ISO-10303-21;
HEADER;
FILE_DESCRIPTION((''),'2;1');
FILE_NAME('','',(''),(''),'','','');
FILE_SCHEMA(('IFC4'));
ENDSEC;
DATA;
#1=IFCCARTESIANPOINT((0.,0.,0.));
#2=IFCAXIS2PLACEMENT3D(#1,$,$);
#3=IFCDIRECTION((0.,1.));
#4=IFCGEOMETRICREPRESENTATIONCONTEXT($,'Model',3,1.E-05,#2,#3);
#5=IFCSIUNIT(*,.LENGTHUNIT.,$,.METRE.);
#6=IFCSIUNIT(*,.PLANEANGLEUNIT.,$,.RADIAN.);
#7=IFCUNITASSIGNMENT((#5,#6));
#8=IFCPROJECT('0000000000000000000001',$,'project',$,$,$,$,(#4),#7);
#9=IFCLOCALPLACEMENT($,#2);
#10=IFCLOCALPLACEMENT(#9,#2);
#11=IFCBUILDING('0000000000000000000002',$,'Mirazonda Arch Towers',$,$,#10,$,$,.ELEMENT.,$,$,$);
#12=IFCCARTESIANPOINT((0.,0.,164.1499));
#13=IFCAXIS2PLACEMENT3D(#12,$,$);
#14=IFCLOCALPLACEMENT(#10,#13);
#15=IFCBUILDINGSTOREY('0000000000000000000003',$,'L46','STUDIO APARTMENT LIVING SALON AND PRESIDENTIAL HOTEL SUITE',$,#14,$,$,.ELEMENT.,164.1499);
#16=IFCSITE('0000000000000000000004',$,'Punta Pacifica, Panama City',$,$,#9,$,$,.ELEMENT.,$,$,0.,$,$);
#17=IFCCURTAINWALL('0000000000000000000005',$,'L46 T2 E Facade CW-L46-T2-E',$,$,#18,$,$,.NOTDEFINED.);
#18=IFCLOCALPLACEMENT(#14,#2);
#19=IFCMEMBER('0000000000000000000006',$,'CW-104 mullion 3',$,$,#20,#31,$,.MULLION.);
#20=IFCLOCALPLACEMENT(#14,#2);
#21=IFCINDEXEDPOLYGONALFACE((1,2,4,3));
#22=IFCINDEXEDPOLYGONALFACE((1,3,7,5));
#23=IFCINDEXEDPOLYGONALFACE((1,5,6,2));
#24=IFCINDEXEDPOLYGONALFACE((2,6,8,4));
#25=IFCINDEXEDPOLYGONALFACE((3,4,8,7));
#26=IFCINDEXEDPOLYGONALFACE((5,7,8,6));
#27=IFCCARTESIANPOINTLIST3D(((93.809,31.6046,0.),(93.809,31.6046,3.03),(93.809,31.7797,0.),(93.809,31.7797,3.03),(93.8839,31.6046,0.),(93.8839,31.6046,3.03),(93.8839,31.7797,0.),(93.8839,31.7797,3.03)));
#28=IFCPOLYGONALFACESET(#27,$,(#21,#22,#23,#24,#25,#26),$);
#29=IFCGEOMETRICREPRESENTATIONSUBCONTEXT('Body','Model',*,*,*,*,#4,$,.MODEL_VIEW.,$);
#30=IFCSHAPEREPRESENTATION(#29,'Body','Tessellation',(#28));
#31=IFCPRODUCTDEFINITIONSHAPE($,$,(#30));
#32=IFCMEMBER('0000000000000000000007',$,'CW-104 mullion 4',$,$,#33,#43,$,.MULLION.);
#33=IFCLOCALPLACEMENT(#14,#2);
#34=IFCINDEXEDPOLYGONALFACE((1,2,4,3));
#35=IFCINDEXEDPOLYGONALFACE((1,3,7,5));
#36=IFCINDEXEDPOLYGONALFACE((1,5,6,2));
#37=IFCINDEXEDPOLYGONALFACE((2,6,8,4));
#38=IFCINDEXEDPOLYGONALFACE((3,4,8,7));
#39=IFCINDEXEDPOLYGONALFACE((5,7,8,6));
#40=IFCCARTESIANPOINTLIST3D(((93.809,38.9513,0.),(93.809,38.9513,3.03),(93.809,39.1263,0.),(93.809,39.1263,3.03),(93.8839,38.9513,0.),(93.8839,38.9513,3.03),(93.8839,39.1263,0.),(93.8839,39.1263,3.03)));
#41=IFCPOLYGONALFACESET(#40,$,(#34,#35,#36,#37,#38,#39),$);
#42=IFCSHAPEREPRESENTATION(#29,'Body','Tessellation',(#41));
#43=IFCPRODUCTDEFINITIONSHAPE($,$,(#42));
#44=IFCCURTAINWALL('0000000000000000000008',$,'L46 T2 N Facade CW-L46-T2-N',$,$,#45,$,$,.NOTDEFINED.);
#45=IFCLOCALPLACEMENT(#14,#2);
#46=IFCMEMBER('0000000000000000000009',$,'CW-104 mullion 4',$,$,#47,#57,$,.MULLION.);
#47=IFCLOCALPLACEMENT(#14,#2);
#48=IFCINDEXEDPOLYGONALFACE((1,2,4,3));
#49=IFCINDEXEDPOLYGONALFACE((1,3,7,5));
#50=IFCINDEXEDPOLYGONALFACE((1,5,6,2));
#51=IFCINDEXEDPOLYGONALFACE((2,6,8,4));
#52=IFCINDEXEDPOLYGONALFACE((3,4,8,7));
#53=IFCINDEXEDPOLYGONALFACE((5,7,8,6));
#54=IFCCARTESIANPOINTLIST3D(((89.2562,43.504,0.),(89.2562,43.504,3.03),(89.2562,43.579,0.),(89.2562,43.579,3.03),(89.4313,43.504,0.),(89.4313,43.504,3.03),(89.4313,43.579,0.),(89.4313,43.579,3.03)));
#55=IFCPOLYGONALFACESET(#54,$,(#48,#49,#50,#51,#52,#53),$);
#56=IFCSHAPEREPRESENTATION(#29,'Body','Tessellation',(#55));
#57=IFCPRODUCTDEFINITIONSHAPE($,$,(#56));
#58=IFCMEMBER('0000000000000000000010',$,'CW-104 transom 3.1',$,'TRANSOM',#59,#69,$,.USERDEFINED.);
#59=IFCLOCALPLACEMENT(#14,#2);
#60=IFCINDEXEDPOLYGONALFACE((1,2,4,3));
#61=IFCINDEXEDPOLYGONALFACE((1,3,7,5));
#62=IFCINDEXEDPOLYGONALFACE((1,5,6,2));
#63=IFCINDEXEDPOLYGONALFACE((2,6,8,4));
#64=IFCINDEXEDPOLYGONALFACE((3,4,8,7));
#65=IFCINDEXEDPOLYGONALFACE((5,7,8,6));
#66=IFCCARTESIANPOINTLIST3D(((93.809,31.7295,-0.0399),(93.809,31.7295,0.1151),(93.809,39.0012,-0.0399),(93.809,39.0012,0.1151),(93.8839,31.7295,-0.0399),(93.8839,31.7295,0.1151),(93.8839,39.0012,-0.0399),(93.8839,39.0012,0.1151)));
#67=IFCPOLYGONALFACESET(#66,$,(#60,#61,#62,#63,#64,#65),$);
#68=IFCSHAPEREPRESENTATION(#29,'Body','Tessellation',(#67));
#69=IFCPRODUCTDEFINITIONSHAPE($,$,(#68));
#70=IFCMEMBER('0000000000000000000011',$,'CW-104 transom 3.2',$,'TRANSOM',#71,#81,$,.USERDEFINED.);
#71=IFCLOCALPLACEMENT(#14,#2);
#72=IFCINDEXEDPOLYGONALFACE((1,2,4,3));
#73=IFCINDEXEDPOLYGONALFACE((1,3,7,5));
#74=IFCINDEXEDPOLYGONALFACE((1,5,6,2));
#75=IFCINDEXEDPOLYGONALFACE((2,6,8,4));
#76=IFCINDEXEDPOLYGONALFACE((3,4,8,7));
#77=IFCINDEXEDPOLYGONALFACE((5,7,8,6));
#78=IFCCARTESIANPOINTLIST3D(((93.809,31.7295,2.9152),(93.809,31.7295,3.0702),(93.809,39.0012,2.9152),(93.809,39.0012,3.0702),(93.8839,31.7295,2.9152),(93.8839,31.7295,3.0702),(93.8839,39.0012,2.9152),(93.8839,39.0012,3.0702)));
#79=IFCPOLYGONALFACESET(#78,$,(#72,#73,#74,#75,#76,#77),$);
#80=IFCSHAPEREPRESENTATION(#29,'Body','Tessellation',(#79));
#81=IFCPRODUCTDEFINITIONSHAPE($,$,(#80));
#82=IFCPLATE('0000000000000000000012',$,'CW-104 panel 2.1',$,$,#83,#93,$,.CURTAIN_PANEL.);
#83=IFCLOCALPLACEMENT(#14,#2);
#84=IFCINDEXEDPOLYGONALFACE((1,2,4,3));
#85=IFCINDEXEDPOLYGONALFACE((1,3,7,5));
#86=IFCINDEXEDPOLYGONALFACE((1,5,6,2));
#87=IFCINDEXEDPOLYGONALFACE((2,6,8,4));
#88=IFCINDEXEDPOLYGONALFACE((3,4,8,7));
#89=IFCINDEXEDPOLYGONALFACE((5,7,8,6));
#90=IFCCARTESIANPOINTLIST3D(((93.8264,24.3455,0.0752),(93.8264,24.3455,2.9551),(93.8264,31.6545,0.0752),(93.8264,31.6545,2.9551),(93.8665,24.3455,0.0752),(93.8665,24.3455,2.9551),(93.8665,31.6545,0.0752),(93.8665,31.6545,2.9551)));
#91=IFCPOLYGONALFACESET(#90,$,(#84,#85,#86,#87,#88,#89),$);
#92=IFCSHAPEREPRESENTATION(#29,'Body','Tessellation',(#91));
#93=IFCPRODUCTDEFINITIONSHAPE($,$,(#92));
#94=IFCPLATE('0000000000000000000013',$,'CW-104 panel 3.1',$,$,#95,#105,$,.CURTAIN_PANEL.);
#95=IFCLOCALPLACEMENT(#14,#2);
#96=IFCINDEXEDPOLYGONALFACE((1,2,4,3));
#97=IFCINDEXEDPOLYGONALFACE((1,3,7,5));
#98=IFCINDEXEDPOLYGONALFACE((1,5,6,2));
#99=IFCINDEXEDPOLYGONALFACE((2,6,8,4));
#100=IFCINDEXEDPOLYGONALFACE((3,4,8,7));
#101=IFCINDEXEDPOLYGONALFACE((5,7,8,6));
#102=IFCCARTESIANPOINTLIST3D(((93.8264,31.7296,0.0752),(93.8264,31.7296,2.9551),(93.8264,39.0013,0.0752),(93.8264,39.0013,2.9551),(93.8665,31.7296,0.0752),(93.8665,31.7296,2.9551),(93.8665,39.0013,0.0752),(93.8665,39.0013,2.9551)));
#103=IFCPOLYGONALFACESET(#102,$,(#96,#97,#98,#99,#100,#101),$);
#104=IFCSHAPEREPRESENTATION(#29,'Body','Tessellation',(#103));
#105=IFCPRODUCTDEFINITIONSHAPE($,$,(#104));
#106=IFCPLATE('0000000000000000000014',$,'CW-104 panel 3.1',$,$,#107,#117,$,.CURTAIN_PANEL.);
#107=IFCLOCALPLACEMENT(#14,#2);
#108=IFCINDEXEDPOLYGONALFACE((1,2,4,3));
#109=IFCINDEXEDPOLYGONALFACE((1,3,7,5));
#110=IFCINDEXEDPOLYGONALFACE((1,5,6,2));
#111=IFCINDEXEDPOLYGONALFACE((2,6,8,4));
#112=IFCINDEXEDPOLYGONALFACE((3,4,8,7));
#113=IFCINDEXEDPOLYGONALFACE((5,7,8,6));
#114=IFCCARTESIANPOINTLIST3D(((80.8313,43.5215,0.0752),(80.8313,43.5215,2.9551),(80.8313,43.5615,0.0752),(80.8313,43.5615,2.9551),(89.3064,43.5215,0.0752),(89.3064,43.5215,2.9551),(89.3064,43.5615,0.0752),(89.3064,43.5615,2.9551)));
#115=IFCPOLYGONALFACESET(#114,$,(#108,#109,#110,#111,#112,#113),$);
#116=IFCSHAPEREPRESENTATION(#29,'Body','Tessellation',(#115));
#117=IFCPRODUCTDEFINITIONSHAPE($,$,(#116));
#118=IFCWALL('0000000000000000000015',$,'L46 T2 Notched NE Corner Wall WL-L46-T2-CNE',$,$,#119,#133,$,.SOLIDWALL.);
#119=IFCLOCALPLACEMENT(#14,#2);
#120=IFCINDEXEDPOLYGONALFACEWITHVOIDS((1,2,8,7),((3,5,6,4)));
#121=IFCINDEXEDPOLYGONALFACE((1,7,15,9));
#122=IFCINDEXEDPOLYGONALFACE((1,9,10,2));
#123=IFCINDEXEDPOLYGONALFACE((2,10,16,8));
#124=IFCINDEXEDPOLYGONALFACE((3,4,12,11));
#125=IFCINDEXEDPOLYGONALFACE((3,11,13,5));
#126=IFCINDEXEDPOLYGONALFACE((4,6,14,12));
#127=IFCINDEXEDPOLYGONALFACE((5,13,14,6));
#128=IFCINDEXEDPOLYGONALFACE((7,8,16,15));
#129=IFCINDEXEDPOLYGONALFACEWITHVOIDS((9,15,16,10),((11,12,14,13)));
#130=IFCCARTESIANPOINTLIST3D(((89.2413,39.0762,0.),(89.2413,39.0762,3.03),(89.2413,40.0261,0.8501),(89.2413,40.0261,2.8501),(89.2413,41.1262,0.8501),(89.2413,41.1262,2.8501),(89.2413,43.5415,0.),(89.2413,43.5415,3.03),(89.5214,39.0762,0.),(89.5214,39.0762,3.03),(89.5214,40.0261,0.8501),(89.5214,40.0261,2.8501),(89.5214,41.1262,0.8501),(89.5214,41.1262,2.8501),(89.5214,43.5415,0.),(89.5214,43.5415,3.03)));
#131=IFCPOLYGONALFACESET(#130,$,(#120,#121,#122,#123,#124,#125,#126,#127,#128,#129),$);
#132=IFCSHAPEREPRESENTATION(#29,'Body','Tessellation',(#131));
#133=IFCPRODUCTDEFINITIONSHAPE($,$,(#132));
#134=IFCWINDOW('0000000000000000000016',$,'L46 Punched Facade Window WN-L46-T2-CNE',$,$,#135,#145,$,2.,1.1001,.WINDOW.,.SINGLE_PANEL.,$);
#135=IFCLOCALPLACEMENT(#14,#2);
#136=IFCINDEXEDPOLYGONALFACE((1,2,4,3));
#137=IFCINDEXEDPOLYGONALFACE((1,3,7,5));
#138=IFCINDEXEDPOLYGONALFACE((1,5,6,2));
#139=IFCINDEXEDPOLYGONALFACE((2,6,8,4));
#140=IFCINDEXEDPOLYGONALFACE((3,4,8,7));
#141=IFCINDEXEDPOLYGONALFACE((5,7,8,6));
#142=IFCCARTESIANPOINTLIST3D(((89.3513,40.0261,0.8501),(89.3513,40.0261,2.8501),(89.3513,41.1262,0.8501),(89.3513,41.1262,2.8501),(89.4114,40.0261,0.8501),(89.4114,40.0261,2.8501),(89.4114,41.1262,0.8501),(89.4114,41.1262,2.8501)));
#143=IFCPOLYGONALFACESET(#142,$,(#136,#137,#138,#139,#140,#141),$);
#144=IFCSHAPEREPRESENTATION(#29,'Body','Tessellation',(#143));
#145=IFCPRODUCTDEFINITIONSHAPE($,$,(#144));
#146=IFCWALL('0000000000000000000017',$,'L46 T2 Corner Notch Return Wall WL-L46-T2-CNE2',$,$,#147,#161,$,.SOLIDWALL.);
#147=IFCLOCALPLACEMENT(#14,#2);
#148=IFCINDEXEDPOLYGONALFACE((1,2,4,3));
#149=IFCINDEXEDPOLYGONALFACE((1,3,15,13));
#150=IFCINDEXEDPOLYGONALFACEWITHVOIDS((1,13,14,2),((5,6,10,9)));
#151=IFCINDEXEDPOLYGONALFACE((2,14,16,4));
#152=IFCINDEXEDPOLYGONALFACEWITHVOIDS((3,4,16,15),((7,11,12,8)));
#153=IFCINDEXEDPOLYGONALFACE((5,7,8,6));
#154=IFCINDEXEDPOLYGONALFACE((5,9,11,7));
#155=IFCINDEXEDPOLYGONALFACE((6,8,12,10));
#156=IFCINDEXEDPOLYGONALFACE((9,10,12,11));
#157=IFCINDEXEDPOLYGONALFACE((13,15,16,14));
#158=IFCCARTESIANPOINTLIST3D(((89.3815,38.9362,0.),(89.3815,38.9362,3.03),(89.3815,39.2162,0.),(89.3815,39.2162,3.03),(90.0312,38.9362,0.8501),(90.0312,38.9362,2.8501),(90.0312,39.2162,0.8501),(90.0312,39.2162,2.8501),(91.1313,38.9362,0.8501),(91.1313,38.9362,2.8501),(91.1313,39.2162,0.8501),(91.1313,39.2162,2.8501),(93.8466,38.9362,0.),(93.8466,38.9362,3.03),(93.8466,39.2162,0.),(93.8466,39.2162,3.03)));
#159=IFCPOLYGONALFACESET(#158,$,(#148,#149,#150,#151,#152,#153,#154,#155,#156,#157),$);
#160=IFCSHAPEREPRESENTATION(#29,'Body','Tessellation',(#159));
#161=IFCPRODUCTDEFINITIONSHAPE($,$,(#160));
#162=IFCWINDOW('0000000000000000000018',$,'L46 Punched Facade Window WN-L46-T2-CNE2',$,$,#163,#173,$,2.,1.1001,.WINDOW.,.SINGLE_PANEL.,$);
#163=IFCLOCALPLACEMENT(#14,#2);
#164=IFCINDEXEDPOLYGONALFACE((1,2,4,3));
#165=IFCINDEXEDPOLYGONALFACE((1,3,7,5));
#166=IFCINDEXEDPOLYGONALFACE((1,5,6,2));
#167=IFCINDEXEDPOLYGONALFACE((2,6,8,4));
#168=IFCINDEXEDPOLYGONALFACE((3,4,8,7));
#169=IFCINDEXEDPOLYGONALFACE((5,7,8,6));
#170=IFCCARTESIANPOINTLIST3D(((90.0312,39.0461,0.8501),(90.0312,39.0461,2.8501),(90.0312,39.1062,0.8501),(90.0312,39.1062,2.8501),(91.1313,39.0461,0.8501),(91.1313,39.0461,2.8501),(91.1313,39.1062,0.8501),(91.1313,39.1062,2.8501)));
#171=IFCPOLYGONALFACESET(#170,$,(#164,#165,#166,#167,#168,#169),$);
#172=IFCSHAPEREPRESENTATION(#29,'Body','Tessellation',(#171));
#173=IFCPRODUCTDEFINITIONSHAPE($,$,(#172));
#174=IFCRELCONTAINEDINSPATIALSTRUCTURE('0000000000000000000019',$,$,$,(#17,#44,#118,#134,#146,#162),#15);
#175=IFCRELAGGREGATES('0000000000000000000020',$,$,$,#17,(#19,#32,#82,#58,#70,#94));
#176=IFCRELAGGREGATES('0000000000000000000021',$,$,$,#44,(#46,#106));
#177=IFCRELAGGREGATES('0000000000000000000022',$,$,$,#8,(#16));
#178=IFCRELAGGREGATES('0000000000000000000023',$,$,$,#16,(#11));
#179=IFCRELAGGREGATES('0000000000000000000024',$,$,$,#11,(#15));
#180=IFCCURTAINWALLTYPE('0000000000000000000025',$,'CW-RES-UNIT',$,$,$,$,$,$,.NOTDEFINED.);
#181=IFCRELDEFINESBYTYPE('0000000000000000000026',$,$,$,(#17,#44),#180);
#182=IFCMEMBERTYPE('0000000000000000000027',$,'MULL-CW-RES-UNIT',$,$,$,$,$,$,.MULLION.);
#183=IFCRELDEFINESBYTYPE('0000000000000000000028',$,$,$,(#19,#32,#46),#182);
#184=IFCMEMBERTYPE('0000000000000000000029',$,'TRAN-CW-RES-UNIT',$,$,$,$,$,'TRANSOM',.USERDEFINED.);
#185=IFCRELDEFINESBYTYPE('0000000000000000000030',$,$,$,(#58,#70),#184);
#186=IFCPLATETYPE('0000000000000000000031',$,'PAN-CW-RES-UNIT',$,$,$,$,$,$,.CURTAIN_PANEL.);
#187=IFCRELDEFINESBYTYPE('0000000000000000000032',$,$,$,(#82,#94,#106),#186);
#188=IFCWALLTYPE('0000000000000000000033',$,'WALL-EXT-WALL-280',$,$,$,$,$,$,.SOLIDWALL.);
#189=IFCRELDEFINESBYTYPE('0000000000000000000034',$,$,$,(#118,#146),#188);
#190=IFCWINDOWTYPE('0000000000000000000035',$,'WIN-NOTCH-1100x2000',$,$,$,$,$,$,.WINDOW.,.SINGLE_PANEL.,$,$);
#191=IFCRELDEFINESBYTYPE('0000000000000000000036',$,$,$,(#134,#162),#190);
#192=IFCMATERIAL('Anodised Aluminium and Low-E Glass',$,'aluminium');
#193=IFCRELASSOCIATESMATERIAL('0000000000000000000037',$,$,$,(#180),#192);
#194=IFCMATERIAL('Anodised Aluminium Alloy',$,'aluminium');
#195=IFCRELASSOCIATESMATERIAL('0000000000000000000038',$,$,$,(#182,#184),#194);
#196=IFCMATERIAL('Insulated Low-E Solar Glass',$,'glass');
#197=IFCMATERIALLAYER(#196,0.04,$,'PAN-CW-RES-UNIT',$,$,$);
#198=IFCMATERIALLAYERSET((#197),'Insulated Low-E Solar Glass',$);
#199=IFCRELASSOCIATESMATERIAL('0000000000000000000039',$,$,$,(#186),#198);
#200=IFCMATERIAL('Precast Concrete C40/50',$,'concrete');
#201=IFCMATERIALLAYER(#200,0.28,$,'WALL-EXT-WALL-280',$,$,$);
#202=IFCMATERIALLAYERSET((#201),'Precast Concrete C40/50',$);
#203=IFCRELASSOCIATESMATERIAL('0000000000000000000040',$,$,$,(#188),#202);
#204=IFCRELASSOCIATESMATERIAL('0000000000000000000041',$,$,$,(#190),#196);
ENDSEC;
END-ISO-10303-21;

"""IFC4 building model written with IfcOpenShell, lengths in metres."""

from ifc_helpers import new_model, si_unit, direction, frame, frame_2d, origin, origin_2d, place, context, subcontext, project, spatial, rectangle, extrude, material, layer, layer_set, material_profile, profile_set, type_object, element, fill, aggregate, save


model = new_model("IFC4")

# Units and contexts
model_context = context("Model", 3, precision=1e-05, world=origin(), true_north=direction((0.0, 1.0)))
body_context = subcontext(model_context, "Body", "Model", "MODEL_VIEW")
ifc_project = project(units=[si_unit("LENGTHUNIT", "METRE"), si_unit("PLANEANGLEUNIT", "RADIAN")], contexts=[model_context])

# Site, building, storey
site_placement = place(None, origin())
site = spatial("IfcSite", under=ifc_project, at=site_placement, Name="Punta Pacifica, Panama City", CompositionType="ELEMENT", RefElevation=0.0)
building_placement = place(site_placement, origin())
building = spatial("IfcBuilding", under=site, at=building_placement, Name="Mirazonda Arch Towers", CompositionType="ELEMENT")
storey_placement = place(building_placement, frame((0.0, 0.0, 164.1499)))
storey = spatial("IfcBuildingStorey", under=building, at=storey_placement, Name="L46", Description="STUDIO APARTMENT LIVING SALON AND PRESIDENTIAL HOTEL SUITE", CompositionType="ELEMENT", Elevation=164.1499)

# Curtain wall, members
ifc_material_1 = material(Name="Anodised Aluminium and Low-E Glass", Category="aluminium")
curtain_wall_type = type_object("IfcCurtainWallType", Name="CW-RES-UNIT", PredefinedType="NOTDEFINED", material=ifc_material_1)
curtain_wall_1_placement = place(storey_placement, origin())
curtain_wall_1 = element("IfcCurtainWall", 1, at=curtain_wall_1_placement, inside=storey, type_object=curtain_wall_type, Name="L46 T2 E Facade CW-L46-T2-E", PredefinedType="NOTDEFINED")
ifc_material_2 = material(Name="Anodised Aluminium Alloy", Category="aluminium")
ifc_material_profile_1 = material_profile(ifc_material_2, rectangle(XDim=0.075, YDim=0.175, at=origin_2d()), Name="ALU-MULL-75x175")
ifc_profile_set_1 = profile_set([ifc_material_profile_1], Name="Anodised Aluminium Alloy")
member_type_1 = type_object("IfcMemberType", Name="MULL-CW-RES-UNIT", PredefinedType="MULLION", material=ifc_profile_set_1)
member_1_placement = place(storey_placement, frame((93.8464, 31.6921, 0.0), z_axis=(0.0, 0.0, 1.0), x_axis=(-1.0, 0.0, 0.0)))
member_1 = element("IfcMember", 2, at=member_1_placement, type_object=member_type_1, Name="CW-104 mullion 3", PredefinedType="MULLION", context=body_context, shape_type="SweptSolid", body=[
    extrude(rectangle(XDim=0.075, YDim=0.175, at=origin_2d()), origin(), (0.0, 0.0, 1.0), 3.03),
])
member_2_placement = place(storey_placement, frame((93.8464, 39.0388, 0.0), z_axis=(0.0, 0.0, 1.0), x_axis=(-1.0, 0.0, 0.0)))
member_2 = element("IfcMember", 3, at=member_2_placement, type_object=member_type_1, Name="CW-104 mullion 4", PredefinedType="MULLION", context=body_context, shape_type="SweptSolid", body=[
    extrude(rectangle(XDim=0.075, YDim=0.175, at=origin_2d()), origin(), (0.0, 0.0, 1.0), 3.03),
])

# Curtain wall, member
curtain_wall_2_placement = place(storey_placement, origin())
curtain_wall_2 = element("IfcCurtainWall", 4, at=curtain_wall_2_placement, inside=storey, type_object=curtain_wall_type, Name="L46 T2 N Facade CW-L46-T2-N", PredefinedType="NOTDEFINED")
member_3_placement = place(storey_placement, frame((89.3438, 43.5415, 0.0), z_axis=(0.0, 0.0, 1.0), x_axis=(0.0, 1.0, 0.0)))
member_3 = element("IfcMember", 5, at=member_3_placement, type_object=member_type_1, Name="CW-104 mullion 4", PredefinedType="MULLION", context=body_context, shape_type="SweptSolid", body=[
    extrude(rectangle(XDim=0.075, YDim=0.175, at=origin_2d()), origin(), (0.0, 0.0, 1.0), 3.03),
])

# Members
ifc_material_profile_2 = material_profile(ifc_material_2, rectangle(XDim=0.075, YDim=0.155, at=origin_2d()), Name="ALU-TRAN-75x155")
ifc_profile_set_2 = profile_set([ifc_material_profile_2], Name="Anodised Aluminium Alloy")
member_type_2 = type_object("IfcMemberType", Name="TRAN-CW-RES-UNIT", ElementType="TRANSOM", PredefinedType="USERDEFINED", material=ifc_profile_set_2)
member_4_placement = place(storey_placement, frame((93.8464, 31.7295, 0.0376), z_axis=(0.0, 1.0, 0.0), x_axis=(-1.0, 0.0, 0.0)))
member_4 = element("IfcMember", 6, at=member_4_placement, type_object=member_type_2, Name="CW-104 transom 3.1", ObjectType="TRANSOM", PredefinedType="USERDEFINED", context=body_context, shape_type="SweptSolid", body=[
    extrude(rectangle(XDim=0.075, YDim=0.155, at=origin_2d()), origin(), (0.0, 0.0, 1.0), 7.2717),
])
member_5_placement = place(storey_placement, frame((93.8464, 31.7295, 2.9927), z_axis=(0.0, 1.0, 0.0), x_axis=(-1.0, 0.0, 0.0)))
member_5 = element("IfcMember", 7, at=member_5_placement, type_object=member_type_2, Name="CW-104 transom 3.2", ObjectType="TRANSOM", PredefinedType="USERDEFINED", context=body_context, shape_type="SweptSolid", body=[
    extrude(rectangle(XDim=0.075, YDim=0.155, at=origin_2d()), origin(), (0.0, 0.0, 1.0), 7.2717),
])

# Plates
ifc_material_3 = material(Name="Insulated Low-E Solar Glass", Category="glass")
ifc_layer_1 = layer(ifc_material_3, 0.04, Name="PAN-CW-RES-UNIT")
ifc_layer_set_1 = layer_set([ifc_layer_1], Name="Insulated Low-E Solar Glass")
plate_type = type_object("IfcPlateType", Name="PAN-CW-RES-UNIT", PredefinedType="CURTAIN_PANEL", material=ifc_layer_set_1)
plate_1_placement = place(storey_placement, frame((93.8464, 28.0, 0.0752), z_axis=(0.0, 0.0, 1.0), x_axis=(0.0, 1.0, 0.0)))
plate_1 = element("IfcPlate", 8, at=plate_1_placement, type_object=plate_type, Name="CW-104 panel 2.1", PredefinedType="CURTAIN_PANEL", context=body_context, shape_type="SweptSolid", body=[
    extrude(rectangle(XDim=7.3091, YDim=0.04, at=origin_2d()), origin(), (0.0, 0.0, 1.0), 2.8799),
])
plate_2_placement = place(storey_placement, frame((93.8464, 35.3655, 0.0752), z_axis=(0.0, 0.0, 1.0), x_axis=(0.0, 1.0, 0.0)))
plate_2 = element("IfcPlate", 9, at=plate_2_placement, type_object=plate_type, Name="CW-104 panel 3.1", PredefinedType="CURTAIN_PANEL", context=body_context, shape_type="SweptSolid", body=[
    extrude(rectangle(XDim=7.2717, YDim=0.04, at=origin_2d()), origin(), (0.0, 0.0, 1.0), 2.8799),
])
aggregate(curtain_wall_1, [member_1, member_2, plate_1, member_4, member_5, plate_2])
plate_3_placement = place(storey_placement, frame((85.0688, 43.5415, 0.0752), z_axis=(0.0, 0.0, 1.0), x_axis=(1.0, 0.0, 0.0)))
plate_3 = element("IfcPlate", 10, at=plate_3_placement, type_object=plate_type, Name="CW-104 panel 3.1", PredefinedType="CURTAIN_PANEL", context=body_context, shape_type="SweptSolid", body=[
    extrude(rectangle(XDim=8.4751, YDim=0.04, at=origin_2d()), origin(), (0.0, 0.0, 1.0), 2.8799),
])
aggregate(curtain_wall_2, [member_3, plate_3])

# Walls, openings, windows
ifc_material_4 = material(Name="Precast Concrete C40/50", Category="concrete")
ifc_layer_2 = layer(ifc_material_4, 0.28, Name="WALL-EXT-WALL-280")
ifc_layer_set_2 = layer_set([ifc_layer_2], Name="Precast Concrete C40/50")
wall_type_1 = type_object("IfcWallType", Name="WALL-EXT-WALL-280", PredefinedType="SOLIDWALL", material=ifc_layer_set_2)
wall_1_placement = place(storey_placement, frame((89.3813, 39.0762, 0.0), z_axis=(0.0, 0.0, 1.0), x_axis=(0.0, 1.0, 0.0)))
wall_1 = element("IfcWall", 11, at=wall_1_placement, inside=storey, type_object=wall_type_1, Name="L46 T2 Notched NE Corner Wall WL-L46-T2-CNE", PredefinedType="SOLIDWALL", context=body_context, shape_type="SweptSolid", body=[
    extrude(rectangle(XDim=4.4653, YDim=0.28, at=frame_2d((2.2327, 0.0))), origin(), (0.0, 0.0, 1.0), 3.03),
])
opening_1_placement = place(wall_1_placement, frame((0.95, 0.0, 0.8501)))
opening_1 = element("IfcOpeningElement", 12, at=opening_1_placement, cuts=wall_1, PredefinedType="OPENING", context=body_context, shape_type="SweptSolid", body=[
    extrude(rectangle(XDim=1.1001, YDim=2.0, at=frame_2d((0.55, 1.0))), frame((0.0, 0.1499, 0.0), z_axis=(0.0, -1.0, 0.0), x_axis=(1.0, 0.0, 0.0)), (0.0, 0.0, 1.0), 0.3),
])
window_type = type_object("IfcWindowType", Name="WIN-NOTCH-1100x2000", PartitioningType="SINGLE_PANEL", PredefinedType="WINDOW", material=ifc_material_3)
window_1_placement = place(opening_1_placement, origin())
window_1 = element("IfcWindow", 13, at=window_1_placement, inside=storey, type_object=window_type, Name="L46 Punched Facade Window WN-L46-T2-CNE", OverallHeight=2.0, OverallWidth=1.1001, PartitioningType="SINGLE_PANEL", PredefinedType="WINDOW", context=body_context, shape_type="SweptSolid", body=[
    extrude(rectangle(XDim=1.1001, YDim=2.0, at=frame_2d((0.55, 1.0))), frame((0.0, 0.03, 0.0), z_axis=(0.0, -1.0, 0.0), x_axis=(1.0, 0.0, 0.0)), (0.0, 0.0, 1.0), 0.0601),
])
fill(opening_1, window_1)
wall_2_placement = place(storey_placement, frame((93.8464, 39.0762, 0.0), z_axis=(0.0, 0.0, 1.0), x_axis=(-1.0, 0.0, 0.0)))
wall_2 = element("IfcWall", 14, at=wall_2_placement, inside=storey, type_object=wall_type_1, Name="L46 T2 Corner Notch Return Wall WL-L46-T2-CNE2", PredefinedType="SOLIDWALL", context=body_context, shape_type="SweptSolid", body=[
    extrude(rectangle(XDim=4.4651, YDim=0.28, at=frame_2d((2.2324, 0.0))), origin(), (0.0, 0.0, 1.0), 3.03),
])
opening_2_placement = place(wall_2_placement, frame((2.7151, 0.0, 0.8501)))
opening_2 = element("IfcOpeningElement", 15, at=opening_2_placement, cuts=wall_2, PredefinedType="OPENING", context=body_context, shape_type="SweptSolid", body=[
    extrude(rectangle(XDim=1.1001, YDim=2.0, at=frame_2d((0.55, 1.0))), frame((0.0, 0.1499, 0.0), z_axis=(0.0, -1.0, 0.0), x_axis=(1.0, 0.0, 0.0)), (0.0, 0.0, 1.0), 0.3),
])
window_2_placement = place(opening_2_placement, origin())
window_2 = element("IfcWindow", 16, at=window_2_placement, inside=storey, type_object=window_type, Name="L46 Punched Facade Window WN-L46-T2-CNE2", OverallHeight=2.0, OverallWidth=1.1001, PartitioningType="SINGLE_PANEL", PredefinedType="WINDOW", context=body_context, shape_type="SweptSolid", body=[
    extrude(rectangle(XDim=1.1001, YDim=2.0, at=frame_2d((0.55, 1.0))), frame((0.0, 0.03, 0.0), z_axis=(0.0, -1.0, 0.0), x_axis=(1.0, 0.0, 0.0)), (0.0, 0.0, 1.0), 0.0601),
])
fill(opening_2, window_2)

save(model, "model.ifc")
